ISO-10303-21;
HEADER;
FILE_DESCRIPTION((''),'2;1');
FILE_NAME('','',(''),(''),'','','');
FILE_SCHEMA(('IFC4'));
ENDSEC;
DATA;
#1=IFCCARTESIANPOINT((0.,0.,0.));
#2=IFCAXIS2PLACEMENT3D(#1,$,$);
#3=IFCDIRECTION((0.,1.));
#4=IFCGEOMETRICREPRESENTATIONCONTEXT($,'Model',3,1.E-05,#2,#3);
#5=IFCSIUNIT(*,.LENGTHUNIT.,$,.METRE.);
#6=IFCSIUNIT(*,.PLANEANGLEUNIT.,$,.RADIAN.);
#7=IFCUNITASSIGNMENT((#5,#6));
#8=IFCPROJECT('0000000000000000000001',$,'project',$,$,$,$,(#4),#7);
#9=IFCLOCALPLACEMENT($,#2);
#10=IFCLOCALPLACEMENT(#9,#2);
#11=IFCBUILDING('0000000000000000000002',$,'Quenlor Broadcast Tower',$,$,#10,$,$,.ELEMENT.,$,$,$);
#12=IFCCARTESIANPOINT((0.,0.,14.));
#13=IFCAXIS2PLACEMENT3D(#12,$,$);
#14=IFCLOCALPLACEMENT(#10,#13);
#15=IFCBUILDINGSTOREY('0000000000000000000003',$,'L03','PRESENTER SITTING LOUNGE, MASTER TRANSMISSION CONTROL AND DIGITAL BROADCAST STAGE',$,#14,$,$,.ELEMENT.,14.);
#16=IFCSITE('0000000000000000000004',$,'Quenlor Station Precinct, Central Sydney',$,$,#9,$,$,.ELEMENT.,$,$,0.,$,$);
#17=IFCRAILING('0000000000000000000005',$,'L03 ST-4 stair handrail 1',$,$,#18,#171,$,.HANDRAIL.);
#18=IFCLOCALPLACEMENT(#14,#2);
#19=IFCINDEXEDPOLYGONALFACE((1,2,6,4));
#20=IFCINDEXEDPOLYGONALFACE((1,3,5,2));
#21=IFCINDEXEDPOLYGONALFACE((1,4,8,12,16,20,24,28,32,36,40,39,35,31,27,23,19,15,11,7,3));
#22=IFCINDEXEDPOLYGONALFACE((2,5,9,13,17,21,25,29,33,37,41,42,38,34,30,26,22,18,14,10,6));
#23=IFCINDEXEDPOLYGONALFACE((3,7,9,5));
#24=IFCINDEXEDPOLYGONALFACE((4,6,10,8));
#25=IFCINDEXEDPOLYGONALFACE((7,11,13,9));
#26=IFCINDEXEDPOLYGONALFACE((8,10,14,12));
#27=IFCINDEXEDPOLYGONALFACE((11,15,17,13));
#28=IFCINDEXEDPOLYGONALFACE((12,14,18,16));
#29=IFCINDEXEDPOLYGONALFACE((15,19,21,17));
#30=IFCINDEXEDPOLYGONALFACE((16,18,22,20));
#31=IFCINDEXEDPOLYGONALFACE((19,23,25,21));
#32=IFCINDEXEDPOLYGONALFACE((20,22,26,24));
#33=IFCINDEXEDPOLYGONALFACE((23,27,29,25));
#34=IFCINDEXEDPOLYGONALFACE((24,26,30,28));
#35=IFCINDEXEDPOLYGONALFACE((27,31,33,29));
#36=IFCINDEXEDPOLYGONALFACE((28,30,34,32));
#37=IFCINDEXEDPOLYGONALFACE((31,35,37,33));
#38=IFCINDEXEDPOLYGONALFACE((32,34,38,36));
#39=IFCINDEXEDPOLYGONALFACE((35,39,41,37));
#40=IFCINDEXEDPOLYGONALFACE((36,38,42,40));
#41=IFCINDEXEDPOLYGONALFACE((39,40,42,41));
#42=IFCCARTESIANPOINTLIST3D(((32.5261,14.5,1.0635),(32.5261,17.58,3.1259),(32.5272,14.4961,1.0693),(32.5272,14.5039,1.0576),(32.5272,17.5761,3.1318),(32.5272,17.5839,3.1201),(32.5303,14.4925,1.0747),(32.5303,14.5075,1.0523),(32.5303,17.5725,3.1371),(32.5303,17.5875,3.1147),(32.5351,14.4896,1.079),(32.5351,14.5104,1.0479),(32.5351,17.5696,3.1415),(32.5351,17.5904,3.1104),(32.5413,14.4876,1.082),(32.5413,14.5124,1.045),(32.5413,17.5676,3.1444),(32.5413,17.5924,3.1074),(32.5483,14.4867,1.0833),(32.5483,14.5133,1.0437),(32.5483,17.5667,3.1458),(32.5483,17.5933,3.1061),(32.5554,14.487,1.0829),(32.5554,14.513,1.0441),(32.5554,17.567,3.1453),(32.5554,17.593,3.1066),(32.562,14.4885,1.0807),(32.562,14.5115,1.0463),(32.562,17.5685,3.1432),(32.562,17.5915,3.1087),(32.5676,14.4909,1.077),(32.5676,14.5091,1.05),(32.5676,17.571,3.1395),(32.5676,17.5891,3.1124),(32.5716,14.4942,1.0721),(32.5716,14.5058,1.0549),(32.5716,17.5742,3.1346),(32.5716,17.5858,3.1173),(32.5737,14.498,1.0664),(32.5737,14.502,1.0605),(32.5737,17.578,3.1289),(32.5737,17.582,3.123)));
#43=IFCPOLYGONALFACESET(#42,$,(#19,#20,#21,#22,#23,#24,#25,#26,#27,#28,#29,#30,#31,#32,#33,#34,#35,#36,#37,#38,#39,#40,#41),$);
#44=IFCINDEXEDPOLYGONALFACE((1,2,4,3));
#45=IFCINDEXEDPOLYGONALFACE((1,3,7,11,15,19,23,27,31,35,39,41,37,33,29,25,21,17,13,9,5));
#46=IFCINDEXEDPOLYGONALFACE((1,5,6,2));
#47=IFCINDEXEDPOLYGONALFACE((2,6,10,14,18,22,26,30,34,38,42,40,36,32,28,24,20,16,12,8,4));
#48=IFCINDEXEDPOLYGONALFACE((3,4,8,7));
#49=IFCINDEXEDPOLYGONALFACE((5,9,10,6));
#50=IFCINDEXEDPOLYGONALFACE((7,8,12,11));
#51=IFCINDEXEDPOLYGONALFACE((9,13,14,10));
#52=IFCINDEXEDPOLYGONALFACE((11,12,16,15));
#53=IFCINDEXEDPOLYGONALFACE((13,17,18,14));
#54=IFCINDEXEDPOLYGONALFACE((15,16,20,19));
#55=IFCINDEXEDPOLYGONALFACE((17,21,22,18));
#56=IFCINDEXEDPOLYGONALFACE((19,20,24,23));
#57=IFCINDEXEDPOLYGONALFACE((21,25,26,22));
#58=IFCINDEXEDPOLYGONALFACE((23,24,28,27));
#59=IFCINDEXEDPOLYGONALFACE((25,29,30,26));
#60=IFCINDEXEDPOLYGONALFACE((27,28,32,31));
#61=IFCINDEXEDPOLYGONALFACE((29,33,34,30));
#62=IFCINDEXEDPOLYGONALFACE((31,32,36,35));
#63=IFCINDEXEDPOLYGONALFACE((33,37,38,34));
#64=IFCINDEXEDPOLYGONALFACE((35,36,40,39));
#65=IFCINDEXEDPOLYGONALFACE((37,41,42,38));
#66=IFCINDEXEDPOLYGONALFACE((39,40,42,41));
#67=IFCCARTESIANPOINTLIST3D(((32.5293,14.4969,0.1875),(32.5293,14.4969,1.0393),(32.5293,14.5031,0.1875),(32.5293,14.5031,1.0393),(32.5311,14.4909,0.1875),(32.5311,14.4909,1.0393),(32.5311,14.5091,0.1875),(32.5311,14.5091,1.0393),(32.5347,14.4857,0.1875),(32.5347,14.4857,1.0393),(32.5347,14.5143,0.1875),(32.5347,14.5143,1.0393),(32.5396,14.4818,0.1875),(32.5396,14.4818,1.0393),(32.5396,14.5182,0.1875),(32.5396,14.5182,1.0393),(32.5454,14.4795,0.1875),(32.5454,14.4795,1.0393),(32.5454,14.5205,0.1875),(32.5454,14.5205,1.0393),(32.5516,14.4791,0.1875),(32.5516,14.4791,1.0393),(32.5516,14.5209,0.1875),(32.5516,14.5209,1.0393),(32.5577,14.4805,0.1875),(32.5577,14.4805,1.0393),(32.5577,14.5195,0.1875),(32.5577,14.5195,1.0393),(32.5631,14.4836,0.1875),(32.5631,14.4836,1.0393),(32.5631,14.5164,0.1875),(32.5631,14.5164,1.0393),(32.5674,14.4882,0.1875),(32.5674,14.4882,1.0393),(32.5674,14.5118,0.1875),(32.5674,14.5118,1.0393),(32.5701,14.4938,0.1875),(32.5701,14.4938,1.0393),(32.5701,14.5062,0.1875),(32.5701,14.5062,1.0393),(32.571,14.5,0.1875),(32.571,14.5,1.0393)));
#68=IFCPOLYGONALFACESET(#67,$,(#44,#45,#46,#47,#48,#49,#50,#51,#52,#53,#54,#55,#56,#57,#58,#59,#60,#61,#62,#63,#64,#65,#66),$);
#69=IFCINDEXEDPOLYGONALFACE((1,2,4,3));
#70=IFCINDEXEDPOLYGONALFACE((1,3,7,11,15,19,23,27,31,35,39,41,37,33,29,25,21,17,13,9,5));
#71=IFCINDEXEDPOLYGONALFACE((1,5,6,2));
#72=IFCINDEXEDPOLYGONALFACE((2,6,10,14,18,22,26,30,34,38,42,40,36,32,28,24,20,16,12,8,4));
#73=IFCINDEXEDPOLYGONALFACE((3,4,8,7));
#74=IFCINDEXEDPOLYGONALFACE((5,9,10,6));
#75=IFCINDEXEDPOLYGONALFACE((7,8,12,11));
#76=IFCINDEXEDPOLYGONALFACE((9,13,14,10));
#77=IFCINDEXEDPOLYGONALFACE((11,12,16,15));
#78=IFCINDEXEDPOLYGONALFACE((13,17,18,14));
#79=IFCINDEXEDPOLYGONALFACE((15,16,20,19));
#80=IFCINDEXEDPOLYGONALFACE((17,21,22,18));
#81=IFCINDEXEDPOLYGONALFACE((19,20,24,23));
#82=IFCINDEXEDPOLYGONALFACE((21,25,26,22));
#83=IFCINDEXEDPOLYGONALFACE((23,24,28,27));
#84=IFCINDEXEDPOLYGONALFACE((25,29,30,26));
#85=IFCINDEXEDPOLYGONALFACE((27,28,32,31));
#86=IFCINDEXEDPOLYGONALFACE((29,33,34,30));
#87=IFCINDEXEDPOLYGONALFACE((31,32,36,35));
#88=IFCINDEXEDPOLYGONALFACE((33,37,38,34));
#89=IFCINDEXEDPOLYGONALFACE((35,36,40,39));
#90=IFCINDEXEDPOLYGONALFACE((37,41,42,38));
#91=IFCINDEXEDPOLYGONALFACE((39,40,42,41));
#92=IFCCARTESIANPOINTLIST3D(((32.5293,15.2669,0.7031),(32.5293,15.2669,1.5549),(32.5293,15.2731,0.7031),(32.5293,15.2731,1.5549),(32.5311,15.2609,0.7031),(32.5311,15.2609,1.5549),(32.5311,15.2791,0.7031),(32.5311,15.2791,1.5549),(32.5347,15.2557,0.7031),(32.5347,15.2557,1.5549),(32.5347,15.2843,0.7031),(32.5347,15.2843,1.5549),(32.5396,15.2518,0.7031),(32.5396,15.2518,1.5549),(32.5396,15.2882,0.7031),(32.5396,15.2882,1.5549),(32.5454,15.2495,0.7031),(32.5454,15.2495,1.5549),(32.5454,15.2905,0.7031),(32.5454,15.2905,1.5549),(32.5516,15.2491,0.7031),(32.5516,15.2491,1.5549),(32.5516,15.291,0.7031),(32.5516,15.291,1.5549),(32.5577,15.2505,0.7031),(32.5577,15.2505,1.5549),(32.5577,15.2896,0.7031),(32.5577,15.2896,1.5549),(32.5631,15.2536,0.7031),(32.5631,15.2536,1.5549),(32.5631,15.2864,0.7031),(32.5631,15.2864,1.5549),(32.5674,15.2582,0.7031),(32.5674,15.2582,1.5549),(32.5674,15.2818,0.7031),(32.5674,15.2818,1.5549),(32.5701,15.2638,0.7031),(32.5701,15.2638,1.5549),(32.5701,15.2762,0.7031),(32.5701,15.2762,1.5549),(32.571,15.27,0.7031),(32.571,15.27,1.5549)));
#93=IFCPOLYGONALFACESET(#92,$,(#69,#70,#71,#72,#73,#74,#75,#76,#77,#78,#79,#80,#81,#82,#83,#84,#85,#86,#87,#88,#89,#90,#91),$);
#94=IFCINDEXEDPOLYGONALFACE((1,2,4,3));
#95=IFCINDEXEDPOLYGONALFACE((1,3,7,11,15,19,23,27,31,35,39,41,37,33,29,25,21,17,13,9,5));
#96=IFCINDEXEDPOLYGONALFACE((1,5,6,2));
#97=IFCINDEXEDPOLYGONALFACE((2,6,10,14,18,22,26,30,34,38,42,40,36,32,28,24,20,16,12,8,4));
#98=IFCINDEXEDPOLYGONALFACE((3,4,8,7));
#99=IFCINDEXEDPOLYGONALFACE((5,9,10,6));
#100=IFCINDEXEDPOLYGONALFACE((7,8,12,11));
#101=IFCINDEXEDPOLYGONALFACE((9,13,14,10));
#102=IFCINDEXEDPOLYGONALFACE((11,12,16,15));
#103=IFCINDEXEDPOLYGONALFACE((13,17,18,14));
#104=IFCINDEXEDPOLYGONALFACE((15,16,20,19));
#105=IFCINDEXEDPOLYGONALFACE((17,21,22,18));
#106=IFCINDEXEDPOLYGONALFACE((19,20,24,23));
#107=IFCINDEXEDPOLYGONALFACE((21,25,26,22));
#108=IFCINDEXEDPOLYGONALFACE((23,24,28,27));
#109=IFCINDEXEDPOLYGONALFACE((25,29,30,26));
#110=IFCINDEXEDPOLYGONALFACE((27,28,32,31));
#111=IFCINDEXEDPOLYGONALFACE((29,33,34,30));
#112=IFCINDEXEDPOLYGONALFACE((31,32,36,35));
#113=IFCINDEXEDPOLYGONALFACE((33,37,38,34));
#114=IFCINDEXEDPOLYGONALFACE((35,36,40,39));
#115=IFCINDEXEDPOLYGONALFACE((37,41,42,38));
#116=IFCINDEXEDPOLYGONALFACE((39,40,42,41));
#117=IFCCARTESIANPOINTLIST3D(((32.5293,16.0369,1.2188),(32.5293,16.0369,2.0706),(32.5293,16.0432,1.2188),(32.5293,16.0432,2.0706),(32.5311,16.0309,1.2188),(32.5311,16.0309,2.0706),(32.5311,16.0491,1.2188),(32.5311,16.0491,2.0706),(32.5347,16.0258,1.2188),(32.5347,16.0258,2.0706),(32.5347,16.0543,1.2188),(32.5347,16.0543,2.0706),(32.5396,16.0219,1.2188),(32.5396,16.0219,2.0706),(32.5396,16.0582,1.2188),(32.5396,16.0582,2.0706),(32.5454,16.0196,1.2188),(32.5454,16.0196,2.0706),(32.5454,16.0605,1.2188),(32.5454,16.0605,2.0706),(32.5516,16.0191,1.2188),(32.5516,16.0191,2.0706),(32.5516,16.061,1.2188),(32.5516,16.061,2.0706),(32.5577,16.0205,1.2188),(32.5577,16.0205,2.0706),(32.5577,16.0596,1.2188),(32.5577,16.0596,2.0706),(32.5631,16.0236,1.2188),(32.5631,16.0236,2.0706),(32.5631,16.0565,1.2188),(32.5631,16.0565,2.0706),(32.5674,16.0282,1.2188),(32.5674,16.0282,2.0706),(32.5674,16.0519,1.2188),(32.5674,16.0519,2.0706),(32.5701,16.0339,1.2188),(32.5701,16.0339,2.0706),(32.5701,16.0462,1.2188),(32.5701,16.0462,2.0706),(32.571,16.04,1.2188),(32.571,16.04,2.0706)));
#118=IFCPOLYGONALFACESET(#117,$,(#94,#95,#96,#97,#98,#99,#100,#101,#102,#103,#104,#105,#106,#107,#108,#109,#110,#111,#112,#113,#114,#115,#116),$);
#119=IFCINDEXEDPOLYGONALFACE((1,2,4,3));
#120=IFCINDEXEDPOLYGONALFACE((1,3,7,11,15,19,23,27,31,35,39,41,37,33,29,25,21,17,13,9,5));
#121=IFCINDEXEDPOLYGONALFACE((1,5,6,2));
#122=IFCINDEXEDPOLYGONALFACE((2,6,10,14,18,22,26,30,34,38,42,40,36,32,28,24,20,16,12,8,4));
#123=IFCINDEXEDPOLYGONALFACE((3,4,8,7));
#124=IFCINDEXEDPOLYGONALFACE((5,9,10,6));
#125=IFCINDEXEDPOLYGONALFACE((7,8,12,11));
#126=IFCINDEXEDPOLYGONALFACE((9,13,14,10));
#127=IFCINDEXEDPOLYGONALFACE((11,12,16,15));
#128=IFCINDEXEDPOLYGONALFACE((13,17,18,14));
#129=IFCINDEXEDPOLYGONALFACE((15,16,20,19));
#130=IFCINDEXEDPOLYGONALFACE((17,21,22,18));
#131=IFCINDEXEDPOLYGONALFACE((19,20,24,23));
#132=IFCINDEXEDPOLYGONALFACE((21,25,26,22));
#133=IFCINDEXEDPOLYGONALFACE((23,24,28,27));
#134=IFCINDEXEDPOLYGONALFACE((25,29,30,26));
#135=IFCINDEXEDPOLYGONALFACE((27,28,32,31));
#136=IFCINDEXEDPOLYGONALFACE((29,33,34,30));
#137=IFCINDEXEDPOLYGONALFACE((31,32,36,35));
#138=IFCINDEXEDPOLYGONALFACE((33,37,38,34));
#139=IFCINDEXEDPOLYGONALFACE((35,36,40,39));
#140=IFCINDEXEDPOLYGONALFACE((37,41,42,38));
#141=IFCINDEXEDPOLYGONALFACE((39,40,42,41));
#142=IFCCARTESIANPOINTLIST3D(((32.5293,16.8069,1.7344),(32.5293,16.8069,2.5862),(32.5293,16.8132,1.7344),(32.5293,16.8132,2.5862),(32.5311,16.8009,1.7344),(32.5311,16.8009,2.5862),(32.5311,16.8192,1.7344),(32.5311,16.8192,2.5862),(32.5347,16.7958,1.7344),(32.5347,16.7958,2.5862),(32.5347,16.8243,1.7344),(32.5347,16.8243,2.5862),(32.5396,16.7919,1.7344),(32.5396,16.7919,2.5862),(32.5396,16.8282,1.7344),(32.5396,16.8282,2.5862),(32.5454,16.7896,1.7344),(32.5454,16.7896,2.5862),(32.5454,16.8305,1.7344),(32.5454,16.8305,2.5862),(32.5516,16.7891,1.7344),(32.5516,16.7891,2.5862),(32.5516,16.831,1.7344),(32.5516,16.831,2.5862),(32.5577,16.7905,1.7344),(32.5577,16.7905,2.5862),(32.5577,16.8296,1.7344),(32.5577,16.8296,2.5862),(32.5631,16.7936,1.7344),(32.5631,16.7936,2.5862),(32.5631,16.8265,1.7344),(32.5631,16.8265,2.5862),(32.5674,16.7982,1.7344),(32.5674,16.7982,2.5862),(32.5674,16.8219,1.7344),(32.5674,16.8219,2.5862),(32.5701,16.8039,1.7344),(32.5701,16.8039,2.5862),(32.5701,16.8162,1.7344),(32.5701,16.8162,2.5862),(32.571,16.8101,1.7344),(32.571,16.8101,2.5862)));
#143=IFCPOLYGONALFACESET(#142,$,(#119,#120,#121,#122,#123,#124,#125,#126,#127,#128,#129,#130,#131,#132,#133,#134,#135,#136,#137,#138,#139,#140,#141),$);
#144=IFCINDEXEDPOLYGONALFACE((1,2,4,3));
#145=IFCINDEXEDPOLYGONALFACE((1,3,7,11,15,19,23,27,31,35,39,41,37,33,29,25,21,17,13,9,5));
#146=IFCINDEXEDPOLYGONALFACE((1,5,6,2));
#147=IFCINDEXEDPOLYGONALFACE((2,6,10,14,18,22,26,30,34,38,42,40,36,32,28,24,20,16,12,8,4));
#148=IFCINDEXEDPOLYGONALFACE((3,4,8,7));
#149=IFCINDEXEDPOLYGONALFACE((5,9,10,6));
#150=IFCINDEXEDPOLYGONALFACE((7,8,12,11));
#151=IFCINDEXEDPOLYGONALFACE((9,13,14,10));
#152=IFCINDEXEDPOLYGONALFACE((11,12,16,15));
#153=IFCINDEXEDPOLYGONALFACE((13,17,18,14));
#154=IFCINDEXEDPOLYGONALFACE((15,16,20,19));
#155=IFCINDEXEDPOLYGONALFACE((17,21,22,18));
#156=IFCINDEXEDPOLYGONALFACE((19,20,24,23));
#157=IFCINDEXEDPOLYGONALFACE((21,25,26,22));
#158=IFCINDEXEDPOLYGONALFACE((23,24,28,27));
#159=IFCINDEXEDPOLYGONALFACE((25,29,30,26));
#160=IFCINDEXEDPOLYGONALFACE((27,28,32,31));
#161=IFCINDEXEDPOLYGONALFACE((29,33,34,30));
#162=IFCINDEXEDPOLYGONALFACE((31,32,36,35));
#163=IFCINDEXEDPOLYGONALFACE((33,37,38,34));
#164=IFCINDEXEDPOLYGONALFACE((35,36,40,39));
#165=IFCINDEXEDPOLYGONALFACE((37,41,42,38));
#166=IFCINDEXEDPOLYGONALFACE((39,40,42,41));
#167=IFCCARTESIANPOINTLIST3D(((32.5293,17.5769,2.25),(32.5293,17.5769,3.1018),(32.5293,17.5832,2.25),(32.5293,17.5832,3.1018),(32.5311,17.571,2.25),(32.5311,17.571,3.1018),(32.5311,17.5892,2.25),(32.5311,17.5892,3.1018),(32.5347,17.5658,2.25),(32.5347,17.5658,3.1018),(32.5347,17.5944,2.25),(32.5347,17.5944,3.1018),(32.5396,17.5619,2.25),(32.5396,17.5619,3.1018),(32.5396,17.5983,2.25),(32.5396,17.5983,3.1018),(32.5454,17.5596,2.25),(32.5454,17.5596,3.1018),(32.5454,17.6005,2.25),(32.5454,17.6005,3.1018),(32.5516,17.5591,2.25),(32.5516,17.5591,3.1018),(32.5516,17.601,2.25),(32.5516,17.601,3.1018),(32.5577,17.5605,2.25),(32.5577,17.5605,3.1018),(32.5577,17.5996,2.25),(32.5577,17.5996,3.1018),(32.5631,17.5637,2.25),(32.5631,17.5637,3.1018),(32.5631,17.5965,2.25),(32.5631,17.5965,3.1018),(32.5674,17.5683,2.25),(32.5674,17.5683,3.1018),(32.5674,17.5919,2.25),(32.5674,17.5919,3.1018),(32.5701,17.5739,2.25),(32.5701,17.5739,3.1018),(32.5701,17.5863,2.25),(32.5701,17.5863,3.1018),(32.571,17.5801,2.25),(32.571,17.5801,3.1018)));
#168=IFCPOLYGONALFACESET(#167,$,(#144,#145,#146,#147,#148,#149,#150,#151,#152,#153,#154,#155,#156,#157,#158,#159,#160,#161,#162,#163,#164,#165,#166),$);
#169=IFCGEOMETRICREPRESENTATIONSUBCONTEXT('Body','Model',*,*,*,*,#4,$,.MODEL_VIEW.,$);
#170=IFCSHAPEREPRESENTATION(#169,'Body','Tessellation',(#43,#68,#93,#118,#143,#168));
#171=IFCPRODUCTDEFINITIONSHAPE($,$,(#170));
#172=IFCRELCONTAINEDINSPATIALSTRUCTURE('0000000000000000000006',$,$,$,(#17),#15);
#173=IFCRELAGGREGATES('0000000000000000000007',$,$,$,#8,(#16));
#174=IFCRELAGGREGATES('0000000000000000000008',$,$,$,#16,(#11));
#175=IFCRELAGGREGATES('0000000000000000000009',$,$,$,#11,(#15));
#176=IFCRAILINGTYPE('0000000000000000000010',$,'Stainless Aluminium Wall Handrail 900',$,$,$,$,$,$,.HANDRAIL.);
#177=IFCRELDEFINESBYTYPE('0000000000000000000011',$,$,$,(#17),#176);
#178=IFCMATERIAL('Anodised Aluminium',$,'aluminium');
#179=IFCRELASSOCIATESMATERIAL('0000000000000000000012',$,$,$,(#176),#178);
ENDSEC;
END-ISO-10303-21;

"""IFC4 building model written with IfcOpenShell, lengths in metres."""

from ifc_helpers import new_model, si_unit, direction, frame, origin, origin_2d, place, context, subcontext, project, spatial, circle, extrude, material, type_object, element, save


model = new_model("IFC4")

# Units and contexts
model_context = context("Model", 3, precision=1e-05, world=origin(), true_north=direction((0.0, 1.0)))
body_context = subcontext(model_context, "Body", "Model", "MODEL_VIEW")
ifc_project = project(units=[si_unit("LENGTHUNIT", "METRE"), si_unit("PLANEANGLEUNIT", "RADIAN")], contexts=[model_context])

# Site, building, storey
site_placement = place(None, origin())
site = spatial("IfcSite", under=ifc_project, at=site_placement, Name="Quenlor Station Precinct, Central Sydney", CompositionType="ELEMENT", RefElevation=0.0)
building_placement = place(site_placement, origin())
building = spatial("IfcBuilding", under=site, at=building_placement, Name="Quenlor Broadcast Tower", CompositionType="ELEMENT")
storey_placement = place(building_placement, frame((0.0, 0.0, 14.0)))
storey = spatial("IfcBuildingStorey", under=building, at=storey_placement, Name="L03", Description="PRESENTER SITTING LOUNGE, MASTER TRANSMISSION CONTROL AND DIGITAL BROADCAST STAGE", CompositionType="ELEMENT", Elevation=14.0)

# Railing
ifc_material_1 = material(Name="Anodised Aluminium", Category="aluminium")
railing_type_1 = type_object("IfcRailingType", Name="Stainless Aluminium Wall Handrail 900", PredefinedType="HANDRAIL", material=ifc_material_1)
railing_1_placement = place(storey_placement, frame((32.55, 14.5, 0.1875)))
element("IfcRailing", 1, at=railing_1_placement, inside=storey, type_object=railing_type_1, Name="L03 ST-4 stair handrail 1", PredefinedType="HANDRAIL", context=body_context, shape_type="SweptSolid", body=[
    extrude(circle(Radius=0.0239, at=origin_2d()), frame((0.0, 0.0, 0.876), z_axis=(0.0, 0.830914, 0.556401), x_axis=(-1.0, 0.0, 0.0)), (0.0, 0.0, 1.0), 3.7068),
    extrude(circle(Radius=0.021, at=origin_2d()), origin(), (0.0, 0.0, 1.0), 0.8518),
    extrude(circle(Radius=0.021, at=origin_2d()), frame((0.0, 0.77, 0.5156)), (0.0, 0.0, 1.0), 0.8518),
    extrude(circle(Radius=0.021, at=origin_2d()), frame((0.0, 1.54, 1.0312)), (0.0, 0.0, 1.0), 0.8518),
    extrude(circle(Radius=0.021, at=origin_2d()), frame((0.0, 2.3101, 1.5469)), (0.0, 0.0, 1.0), 0.8518),
    extrude(circle(Radius=0.021, at=origin_2d()), frame((0.0, 3.0801, 2.0625)), (0.0, 0.0, 1.0), 0.8518),
])

save(model, "model.ifc")
